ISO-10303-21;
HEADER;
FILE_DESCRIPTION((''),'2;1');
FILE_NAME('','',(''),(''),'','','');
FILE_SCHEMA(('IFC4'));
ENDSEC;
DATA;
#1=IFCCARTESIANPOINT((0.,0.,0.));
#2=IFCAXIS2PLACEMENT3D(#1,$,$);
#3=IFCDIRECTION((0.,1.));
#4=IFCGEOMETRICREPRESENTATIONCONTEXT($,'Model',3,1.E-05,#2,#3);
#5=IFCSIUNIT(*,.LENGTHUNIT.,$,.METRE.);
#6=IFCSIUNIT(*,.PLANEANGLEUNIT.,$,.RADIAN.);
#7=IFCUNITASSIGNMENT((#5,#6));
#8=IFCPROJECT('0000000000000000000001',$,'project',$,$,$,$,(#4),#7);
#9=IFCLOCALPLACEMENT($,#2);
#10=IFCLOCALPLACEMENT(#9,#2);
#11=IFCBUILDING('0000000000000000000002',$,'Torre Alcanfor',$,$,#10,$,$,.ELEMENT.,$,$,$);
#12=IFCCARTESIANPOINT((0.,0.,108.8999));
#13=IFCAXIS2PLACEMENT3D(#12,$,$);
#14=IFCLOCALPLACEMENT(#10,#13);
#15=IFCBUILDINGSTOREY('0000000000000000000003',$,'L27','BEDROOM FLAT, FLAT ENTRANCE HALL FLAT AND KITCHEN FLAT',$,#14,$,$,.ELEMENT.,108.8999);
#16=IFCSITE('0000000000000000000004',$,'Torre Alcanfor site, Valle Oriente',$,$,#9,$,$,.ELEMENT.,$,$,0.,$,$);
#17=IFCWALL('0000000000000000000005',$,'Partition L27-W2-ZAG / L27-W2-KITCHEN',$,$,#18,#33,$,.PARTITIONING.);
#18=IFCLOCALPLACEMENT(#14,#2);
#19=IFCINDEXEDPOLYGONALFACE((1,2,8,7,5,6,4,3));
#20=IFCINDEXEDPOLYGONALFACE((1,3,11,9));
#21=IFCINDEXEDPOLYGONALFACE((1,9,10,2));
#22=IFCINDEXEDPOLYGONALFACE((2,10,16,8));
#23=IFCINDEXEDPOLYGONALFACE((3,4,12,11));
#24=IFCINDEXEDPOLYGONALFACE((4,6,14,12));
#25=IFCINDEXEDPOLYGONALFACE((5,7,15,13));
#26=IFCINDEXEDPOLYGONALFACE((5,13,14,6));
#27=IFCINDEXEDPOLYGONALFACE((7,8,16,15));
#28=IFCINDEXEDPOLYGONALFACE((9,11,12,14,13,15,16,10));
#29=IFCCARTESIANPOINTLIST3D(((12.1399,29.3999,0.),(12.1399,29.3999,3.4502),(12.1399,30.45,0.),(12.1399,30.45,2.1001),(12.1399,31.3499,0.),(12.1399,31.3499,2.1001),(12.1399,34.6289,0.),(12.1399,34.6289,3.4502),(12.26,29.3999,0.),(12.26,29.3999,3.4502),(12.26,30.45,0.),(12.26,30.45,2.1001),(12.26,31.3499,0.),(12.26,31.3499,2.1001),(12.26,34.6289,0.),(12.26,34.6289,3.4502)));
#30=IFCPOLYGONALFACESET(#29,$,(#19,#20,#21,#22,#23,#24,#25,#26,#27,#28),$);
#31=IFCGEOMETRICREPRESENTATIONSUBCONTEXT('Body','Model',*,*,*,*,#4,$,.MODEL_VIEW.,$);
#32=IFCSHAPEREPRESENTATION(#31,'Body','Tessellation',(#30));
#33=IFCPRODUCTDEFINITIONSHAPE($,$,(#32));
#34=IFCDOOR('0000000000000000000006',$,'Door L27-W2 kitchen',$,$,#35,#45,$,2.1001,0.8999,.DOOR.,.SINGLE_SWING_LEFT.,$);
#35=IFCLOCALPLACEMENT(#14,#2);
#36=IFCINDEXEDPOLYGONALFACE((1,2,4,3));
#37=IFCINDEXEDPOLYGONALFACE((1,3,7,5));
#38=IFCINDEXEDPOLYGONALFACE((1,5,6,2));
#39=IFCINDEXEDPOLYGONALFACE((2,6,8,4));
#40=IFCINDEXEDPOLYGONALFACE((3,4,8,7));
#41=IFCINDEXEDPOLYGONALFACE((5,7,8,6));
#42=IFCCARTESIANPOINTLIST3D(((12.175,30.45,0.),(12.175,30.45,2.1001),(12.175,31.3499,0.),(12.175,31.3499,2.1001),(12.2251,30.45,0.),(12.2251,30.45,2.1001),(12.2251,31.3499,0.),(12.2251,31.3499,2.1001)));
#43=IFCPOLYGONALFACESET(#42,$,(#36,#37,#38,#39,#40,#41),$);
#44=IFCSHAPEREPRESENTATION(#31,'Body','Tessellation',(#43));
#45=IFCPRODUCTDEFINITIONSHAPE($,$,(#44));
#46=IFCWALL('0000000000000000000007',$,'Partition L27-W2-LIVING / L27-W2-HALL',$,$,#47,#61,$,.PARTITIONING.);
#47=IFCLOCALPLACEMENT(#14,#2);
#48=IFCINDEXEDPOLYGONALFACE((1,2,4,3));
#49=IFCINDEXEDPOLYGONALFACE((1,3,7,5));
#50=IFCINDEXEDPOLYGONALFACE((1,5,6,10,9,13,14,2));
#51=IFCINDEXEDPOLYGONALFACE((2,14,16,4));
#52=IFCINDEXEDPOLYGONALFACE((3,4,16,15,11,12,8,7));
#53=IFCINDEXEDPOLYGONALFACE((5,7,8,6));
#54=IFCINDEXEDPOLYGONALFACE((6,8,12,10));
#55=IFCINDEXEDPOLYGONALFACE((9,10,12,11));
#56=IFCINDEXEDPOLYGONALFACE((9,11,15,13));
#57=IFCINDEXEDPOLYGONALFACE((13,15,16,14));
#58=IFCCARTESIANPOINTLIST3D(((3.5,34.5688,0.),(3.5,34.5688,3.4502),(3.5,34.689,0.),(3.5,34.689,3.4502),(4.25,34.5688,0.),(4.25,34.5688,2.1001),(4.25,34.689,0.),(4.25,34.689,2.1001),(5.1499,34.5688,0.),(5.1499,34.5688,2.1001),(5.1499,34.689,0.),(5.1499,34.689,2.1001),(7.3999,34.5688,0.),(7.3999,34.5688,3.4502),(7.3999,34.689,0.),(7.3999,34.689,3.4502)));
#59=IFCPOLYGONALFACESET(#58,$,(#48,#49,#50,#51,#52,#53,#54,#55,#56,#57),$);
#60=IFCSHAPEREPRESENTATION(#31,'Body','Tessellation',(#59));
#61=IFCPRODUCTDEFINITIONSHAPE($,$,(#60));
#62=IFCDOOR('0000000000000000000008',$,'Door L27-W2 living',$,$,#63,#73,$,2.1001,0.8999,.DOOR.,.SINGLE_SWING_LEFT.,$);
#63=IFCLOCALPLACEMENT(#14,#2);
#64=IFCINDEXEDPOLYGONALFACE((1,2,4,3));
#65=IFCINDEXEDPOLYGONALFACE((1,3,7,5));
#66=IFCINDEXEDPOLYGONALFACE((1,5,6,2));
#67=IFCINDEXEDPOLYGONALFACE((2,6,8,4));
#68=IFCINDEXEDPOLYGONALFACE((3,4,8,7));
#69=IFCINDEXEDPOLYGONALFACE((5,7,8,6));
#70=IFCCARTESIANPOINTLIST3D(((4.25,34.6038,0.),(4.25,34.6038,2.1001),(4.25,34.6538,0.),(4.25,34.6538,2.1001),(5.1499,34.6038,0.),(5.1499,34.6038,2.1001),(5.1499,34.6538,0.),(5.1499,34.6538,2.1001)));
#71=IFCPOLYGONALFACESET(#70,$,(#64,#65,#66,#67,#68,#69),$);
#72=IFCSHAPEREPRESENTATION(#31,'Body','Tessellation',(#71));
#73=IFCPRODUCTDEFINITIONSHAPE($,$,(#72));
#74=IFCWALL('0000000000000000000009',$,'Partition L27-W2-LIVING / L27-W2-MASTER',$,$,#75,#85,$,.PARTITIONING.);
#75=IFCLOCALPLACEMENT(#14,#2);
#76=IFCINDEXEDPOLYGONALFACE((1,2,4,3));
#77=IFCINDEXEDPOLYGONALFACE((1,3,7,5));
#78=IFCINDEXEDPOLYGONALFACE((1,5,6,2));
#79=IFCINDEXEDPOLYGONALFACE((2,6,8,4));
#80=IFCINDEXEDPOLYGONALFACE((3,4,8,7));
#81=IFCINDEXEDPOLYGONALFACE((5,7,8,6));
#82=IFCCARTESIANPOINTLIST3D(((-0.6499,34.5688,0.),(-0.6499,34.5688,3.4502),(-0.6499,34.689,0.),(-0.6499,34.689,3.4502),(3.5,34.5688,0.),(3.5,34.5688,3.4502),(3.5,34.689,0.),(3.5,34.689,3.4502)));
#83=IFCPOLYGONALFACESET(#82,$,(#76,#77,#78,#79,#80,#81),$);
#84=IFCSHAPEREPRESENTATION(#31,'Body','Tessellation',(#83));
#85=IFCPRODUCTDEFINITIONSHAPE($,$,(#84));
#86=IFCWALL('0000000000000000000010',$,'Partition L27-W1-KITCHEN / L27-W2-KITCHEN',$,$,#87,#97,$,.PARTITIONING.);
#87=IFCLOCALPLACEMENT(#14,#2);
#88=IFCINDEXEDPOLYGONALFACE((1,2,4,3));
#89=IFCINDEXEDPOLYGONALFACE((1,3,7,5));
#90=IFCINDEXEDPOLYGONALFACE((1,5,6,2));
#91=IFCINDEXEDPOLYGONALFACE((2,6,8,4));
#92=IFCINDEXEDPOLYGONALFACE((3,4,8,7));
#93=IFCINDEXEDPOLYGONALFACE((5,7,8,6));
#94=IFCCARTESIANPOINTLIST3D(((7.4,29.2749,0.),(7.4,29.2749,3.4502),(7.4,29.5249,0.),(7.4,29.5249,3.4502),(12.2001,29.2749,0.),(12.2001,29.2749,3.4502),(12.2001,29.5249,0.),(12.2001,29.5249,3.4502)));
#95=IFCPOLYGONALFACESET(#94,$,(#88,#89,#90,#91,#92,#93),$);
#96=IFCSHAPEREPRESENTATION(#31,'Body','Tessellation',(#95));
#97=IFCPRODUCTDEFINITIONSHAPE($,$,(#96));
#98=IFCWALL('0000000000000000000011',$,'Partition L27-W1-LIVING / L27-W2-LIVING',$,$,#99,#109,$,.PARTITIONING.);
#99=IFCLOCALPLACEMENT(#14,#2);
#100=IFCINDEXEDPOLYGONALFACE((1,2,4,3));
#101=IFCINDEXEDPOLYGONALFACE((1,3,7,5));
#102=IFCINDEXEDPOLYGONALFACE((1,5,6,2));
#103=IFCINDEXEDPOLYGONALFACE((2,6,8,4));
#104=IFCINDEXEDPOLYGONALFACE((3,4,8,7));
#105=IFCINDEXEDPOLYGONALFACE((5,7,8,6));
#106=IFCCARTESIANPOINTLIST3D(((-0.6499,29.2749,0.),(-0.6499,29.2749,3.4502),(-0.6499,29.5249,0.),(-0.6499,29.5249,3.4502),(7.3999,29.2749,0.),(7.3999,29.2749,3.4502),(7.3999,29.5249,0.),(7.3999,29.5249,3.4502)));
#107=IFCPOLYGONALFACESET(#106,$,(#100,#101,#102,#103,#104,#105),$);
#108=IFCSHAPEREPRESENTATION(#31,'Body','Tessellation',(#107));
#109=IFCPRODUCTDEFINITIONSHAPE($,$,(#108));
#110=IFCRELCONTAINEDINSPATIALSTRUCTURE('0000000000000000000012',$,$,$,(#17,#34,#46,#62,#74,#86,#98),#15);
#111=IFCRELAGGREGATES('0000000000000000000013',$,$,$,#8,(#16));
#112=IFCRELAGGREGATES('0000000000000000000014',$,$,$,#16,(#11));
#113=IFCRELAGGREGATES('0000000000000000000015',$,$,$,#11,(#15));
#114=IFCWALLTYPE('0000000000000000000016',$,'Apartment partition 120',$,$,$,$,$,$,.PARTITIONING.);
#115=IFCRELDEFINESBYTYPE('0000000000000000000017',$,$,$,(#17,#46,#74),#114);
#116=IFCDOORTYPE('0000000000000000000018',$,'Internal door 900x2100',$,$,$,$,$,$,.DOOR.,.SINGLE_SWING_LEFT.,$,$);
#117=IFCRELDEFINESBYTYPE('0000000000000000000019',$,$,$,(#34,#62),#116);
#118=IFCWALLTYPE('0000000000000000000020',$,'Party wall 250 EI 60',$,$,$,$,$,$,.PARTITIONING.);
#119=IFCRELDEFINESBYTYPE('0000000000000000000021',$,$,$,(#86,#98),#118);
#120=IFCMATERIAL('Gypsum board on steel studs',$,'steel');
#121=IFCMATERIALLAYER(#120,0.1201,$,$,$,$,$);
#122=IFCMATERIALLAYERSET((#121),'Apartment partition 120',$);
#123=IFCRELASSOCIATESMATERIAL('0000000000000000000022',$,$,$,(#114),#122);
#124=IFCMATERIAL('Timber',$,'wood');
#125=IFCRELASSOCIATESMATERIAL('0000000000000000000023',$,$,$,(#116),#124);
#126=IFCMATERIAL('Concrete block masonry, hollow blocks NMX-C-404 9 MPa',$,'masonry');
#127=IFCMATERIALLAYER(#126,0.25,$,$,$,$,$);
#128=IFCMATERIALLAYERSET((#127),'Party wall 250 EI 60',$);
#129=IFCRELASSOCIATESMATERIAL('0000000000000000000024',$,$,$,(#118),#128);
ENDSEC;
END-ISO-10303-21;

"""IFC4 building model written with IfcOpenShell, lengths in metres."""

from ifc_helpers import new_model, si_unit, direction, frame, frame_2d, origin, place, context, subcontext, project, spatial, rectangle, extrude, material, layer, layer_set, type_object, element, fill, save


model = new_model("IFC4")

# Units and contexts
model_context = context("Model", 3, precision=1e-05, world=origin(), true_north=direction((0.0, 1.0)))
body_context = subcontext(model_context, "Body", "Model", "MODEL_VIEW")
ifc_project = project(units=[si_unit("LENGTHUNIT", "METRE"), si_unit("PLANEANGLEUNIT", "RADIAN")], contexts=[model_context])

# Site, building, storey
site_placement = place(None, origin())
site = spatial("IfcSite", under=ifc_project, at=site_placement, Name="Torre Alcanfor site, Valle Oriente", CompositionType="ELEMENT", RefElevation=0.0)
building_placement = place(site_placement, origin())
building = spatial("IfcBuilding", under=site, at=building_placement, Name="Torre Alcanfor", CompositionType="ELEMENT")
storey_placement = place(building_placement, frame((0.0, 0.0, 108.8999)))
storey = spatial("IfcBuildingStorey", under=building, at=storey_placement, Name="L27", Description="BEDROOM FLAT, FLAT ENTRANCE HALL FLAT AND KITCHEN FLAT", CompositionType="ELEMENT", Elevation=108.8999)

# Walls, openings, doors
ifc_material_1 = material(Name="Gypsum board on steel studs", Category="steel")
ifc_layer_1 = layer(ifc_material_1, 0.1201)
ifc_layer_set_1 = layer_set([ifc_layer_1], Name="Apartment partition 120")
wall_type_1 = type_object("IfcWallType", Name="Apartment partition 120", PredefinedType="PARTITIONING", material=ifc_layer_set_1)
ifc_material_2 = material(Name="Timber", Category="wood")
door_type_1 = type_object("IfcDoorType", Name="Internal door 900x2100", OperationType="SINGLE_SWING_LEFT", PredefinedType="DOOR", material=ifc_material_2)
wall_1_placement = place(storey_placement, frame((12.2, 29.3999, 0.0), z_axis=(0.0, 0.0, 1.0), x_axis=(0.0, 1.0, 0.0)))
wall_1 = element("IfcWall", 1, at=wall_1_placement, inside=storey, type_object=wall_type_1, Name="Partition L27-W2-ZAG / L27-W2-KITCHEN", PredefinedType="PARTITIONING", context=body_context, shape_type="SweptSolid", body=[
    extrude(rectangle(XDim=5.229, YDim=0.1201, at=frame_2d((2.6145, 0.0))), origin(), (0.0, 0.0, 1.0), 3.4502),
])
opening_1_placement = place(wall_1_placement, frame((1.05, 0.0, 0.0)))
opening_1 = element("IfcOpeningElement", 2, at=opening_1_placement, cuts=wall_1, PredefinedType="OPENING", context=body_context, shape_type="SweptSolid", body=[
    extrude(rectangle(XDim=0.8999, YDim=2.1001, at=frame_2d((0.45, 1.05))), frame((0.0, 0.0701, 0.0), z_axis=(0.0, -1.0, 0.0), x_axis=(1.0, 0.0, 0.0)), (0.0, 0.0, 1.0), 0.1401),
])
door_1_placement = place(opening_1_placement, origin())
door_1 = element("IfcDoor", 3, at=door_1_placement, inside=storey, type_object=door_type_1, Name="Door L27-W2 kitchen", OperationType="SINGLE_SWING_LEFT", OverallHeight=2.1001, OverallWidth=0.8999, PredefinedType="DOOR", context=body_context, shape_type="SweptSolid", body=[
    extrude(rectangle(XDim=0.8999, YDim=2.1001, at=frame_2d((0.45, 1.05))), frame((0.0, 0.0249, 0.0), z_axis=(0.0, -1.0, 0.0), x_axis=(1.0, 0.0, 0.0)), (0.0, 0.0, 1.0), 0.05),
])
fill(opening_1, door_1)
wall_2_placement = place(storey_placement, frame((3.5, 34.6289, 0.0), z_axis=(0.0, 0.0, 1.0), x_axis=(1.0, 0.0, 0.0)))
wall_2 = element("IfcWall", 4, at=wall_2_placement, inside=storey, type_object=wall_type_1, Name="Partition L27-W2-LIVING / L27-W2-HALL", PredefinedType="PARTITIONING", context=body_context, shape_type="SweptSolid", body=[
    extrude(rectangle(XDim=3.8999, YDim=0.1201, at=frame_2d((1.95, 0.0))), origin(), (0.0, 0.0, 1.0), 3.4502),
])
opening_2_placement = place(wall_2_placement, frame((0.75, 0.0, 0.0)))
opening_2 = element("IfcOpeningElement", 5, at=opening_2_placement, cuts=wall_2, PredefinedType="OPENING", context=body_context, shape_type="SweptSolid", body=[
    extrude(rectangle(XDim=0.8999, YDim=2.1001, at=frame_2d((0.45, 1.05))), frame((0.0, 0.0701, 0.0), z_axis=(0.0, -1.0, 0.0), x_axis=(1.0, 0.0, 0.0)), (0.0, 0.0, 1.0), 0.1401),
])
door_2_placement = place(opening_2_placement, frame((0.8999, 0.0, 0.0), z_axis=(0.0, 0.0, 1.0), x_axis=(-1.0, 0.0, 0.0)))
door_2 = element("IfcDoor", 6, at=door_2_placement, inside=storey, type_object=door_type_1, Name="Door L27-W2 living", OperationType="SINGLE_SWING_LEFT", OverallHeight=2.1001, OverallWidth=0.8999, PredefinedType="DOOR", context=body_context, shape_type="SweptSolid", body=[
    extrude(rectangle(XDim=0.8999, YDim=2.1001, at=frame_2d((0.45, 1.05))), frame((0.0, 0.0251, 0.0), z_axis=(0.0, -1.0, 0.0), x_axis=(1.0, 0.0, 0.0)), (0.0, 0.0, 1.0), 0.05),
])
fill(opening_2, door_2)

# Walls
wall_3_placement = place(storey_placement, frame((-0.6499, 34.6289, 0.0), z_axis=(0.0, 0.0, 1.0), x_axis=(1.0, 0.0, 0.0)))
element("IfcWall", 7, at=wall_3_placement, inside=storey, type_object=wall_type_1, Name="Partition L27-W2-LIVING / L27-W2-MASTER", PredefinedType="PARTITIONING", context=body_context, shape_type="SweptSolid", body=[
    extrude(rectangle(XDim=4.1499, YDim=0.1201, at=frame_2d((2.075, 0.0))), origin(), (0.0, 0.0, 1.0), 3.4502),
])
ifc_material_3 = material(Name="Concrete block masonry, hollow blocks NMX-C-404 9 MPa", Category="masonry")
ifc_layer_2 = layer(ifc_material_3, 0.25)
ifc_layer_set_2 = layer_set([ifc_layer_2], Name="Party wall 250 EI 60")
wall_type_2 = type_object("IfcWallType", Name="Party wall 250 EI 60", PredefinedType="PARTITIONING", material=ifc_layer_set_2)
wall_4_placement = place(storey_placement, frame((12.2, 29.3999, 0.0), z_axis=(0.0, 0.0, 1.0), x_axis=(-1.0, 0.0, 0.0)))
element("IfcWall", 8, at=wall_4_placement, inside=storey, type_object=wall_type_2, Name="Partition L27-W1-KITCHEN / L27-W2-KITCHEN", PredefinedType="PARTITIONING", context=body_context, shape_type="SweptSolid", body=[
    extrude(rectangle(XDim=4.8, YDim=0.25, at=frame_2d((2.3999, 0.0))), origin(), (0.0, 0.0, 1.0), 3.4502),
])
wall_5_placement = place(storey_placement, frame((7.3999, 29.3999, 0.0), z_axis=(0.0, 0.0, 1.0), x_axis=(-1.0, 0.0, 0.0)))
element("IfcWall", 9, at=wall_5_placement, inside=storey, type_object=wall_type_2, Name="Partition L27-W1-LIVING / L27-W2-LIVING", PredefinedType="PARTITIONING", context=body_context, shape_type="SweptSolid", body=[
    extrude(rectangle(XDim=8.0498, YDim=0.25, at=frame_2d((4.0249, 0.0))), origin(), (0.0, 0.0, 1.0), 3.4502),
])

save(model, "model.ifc")
